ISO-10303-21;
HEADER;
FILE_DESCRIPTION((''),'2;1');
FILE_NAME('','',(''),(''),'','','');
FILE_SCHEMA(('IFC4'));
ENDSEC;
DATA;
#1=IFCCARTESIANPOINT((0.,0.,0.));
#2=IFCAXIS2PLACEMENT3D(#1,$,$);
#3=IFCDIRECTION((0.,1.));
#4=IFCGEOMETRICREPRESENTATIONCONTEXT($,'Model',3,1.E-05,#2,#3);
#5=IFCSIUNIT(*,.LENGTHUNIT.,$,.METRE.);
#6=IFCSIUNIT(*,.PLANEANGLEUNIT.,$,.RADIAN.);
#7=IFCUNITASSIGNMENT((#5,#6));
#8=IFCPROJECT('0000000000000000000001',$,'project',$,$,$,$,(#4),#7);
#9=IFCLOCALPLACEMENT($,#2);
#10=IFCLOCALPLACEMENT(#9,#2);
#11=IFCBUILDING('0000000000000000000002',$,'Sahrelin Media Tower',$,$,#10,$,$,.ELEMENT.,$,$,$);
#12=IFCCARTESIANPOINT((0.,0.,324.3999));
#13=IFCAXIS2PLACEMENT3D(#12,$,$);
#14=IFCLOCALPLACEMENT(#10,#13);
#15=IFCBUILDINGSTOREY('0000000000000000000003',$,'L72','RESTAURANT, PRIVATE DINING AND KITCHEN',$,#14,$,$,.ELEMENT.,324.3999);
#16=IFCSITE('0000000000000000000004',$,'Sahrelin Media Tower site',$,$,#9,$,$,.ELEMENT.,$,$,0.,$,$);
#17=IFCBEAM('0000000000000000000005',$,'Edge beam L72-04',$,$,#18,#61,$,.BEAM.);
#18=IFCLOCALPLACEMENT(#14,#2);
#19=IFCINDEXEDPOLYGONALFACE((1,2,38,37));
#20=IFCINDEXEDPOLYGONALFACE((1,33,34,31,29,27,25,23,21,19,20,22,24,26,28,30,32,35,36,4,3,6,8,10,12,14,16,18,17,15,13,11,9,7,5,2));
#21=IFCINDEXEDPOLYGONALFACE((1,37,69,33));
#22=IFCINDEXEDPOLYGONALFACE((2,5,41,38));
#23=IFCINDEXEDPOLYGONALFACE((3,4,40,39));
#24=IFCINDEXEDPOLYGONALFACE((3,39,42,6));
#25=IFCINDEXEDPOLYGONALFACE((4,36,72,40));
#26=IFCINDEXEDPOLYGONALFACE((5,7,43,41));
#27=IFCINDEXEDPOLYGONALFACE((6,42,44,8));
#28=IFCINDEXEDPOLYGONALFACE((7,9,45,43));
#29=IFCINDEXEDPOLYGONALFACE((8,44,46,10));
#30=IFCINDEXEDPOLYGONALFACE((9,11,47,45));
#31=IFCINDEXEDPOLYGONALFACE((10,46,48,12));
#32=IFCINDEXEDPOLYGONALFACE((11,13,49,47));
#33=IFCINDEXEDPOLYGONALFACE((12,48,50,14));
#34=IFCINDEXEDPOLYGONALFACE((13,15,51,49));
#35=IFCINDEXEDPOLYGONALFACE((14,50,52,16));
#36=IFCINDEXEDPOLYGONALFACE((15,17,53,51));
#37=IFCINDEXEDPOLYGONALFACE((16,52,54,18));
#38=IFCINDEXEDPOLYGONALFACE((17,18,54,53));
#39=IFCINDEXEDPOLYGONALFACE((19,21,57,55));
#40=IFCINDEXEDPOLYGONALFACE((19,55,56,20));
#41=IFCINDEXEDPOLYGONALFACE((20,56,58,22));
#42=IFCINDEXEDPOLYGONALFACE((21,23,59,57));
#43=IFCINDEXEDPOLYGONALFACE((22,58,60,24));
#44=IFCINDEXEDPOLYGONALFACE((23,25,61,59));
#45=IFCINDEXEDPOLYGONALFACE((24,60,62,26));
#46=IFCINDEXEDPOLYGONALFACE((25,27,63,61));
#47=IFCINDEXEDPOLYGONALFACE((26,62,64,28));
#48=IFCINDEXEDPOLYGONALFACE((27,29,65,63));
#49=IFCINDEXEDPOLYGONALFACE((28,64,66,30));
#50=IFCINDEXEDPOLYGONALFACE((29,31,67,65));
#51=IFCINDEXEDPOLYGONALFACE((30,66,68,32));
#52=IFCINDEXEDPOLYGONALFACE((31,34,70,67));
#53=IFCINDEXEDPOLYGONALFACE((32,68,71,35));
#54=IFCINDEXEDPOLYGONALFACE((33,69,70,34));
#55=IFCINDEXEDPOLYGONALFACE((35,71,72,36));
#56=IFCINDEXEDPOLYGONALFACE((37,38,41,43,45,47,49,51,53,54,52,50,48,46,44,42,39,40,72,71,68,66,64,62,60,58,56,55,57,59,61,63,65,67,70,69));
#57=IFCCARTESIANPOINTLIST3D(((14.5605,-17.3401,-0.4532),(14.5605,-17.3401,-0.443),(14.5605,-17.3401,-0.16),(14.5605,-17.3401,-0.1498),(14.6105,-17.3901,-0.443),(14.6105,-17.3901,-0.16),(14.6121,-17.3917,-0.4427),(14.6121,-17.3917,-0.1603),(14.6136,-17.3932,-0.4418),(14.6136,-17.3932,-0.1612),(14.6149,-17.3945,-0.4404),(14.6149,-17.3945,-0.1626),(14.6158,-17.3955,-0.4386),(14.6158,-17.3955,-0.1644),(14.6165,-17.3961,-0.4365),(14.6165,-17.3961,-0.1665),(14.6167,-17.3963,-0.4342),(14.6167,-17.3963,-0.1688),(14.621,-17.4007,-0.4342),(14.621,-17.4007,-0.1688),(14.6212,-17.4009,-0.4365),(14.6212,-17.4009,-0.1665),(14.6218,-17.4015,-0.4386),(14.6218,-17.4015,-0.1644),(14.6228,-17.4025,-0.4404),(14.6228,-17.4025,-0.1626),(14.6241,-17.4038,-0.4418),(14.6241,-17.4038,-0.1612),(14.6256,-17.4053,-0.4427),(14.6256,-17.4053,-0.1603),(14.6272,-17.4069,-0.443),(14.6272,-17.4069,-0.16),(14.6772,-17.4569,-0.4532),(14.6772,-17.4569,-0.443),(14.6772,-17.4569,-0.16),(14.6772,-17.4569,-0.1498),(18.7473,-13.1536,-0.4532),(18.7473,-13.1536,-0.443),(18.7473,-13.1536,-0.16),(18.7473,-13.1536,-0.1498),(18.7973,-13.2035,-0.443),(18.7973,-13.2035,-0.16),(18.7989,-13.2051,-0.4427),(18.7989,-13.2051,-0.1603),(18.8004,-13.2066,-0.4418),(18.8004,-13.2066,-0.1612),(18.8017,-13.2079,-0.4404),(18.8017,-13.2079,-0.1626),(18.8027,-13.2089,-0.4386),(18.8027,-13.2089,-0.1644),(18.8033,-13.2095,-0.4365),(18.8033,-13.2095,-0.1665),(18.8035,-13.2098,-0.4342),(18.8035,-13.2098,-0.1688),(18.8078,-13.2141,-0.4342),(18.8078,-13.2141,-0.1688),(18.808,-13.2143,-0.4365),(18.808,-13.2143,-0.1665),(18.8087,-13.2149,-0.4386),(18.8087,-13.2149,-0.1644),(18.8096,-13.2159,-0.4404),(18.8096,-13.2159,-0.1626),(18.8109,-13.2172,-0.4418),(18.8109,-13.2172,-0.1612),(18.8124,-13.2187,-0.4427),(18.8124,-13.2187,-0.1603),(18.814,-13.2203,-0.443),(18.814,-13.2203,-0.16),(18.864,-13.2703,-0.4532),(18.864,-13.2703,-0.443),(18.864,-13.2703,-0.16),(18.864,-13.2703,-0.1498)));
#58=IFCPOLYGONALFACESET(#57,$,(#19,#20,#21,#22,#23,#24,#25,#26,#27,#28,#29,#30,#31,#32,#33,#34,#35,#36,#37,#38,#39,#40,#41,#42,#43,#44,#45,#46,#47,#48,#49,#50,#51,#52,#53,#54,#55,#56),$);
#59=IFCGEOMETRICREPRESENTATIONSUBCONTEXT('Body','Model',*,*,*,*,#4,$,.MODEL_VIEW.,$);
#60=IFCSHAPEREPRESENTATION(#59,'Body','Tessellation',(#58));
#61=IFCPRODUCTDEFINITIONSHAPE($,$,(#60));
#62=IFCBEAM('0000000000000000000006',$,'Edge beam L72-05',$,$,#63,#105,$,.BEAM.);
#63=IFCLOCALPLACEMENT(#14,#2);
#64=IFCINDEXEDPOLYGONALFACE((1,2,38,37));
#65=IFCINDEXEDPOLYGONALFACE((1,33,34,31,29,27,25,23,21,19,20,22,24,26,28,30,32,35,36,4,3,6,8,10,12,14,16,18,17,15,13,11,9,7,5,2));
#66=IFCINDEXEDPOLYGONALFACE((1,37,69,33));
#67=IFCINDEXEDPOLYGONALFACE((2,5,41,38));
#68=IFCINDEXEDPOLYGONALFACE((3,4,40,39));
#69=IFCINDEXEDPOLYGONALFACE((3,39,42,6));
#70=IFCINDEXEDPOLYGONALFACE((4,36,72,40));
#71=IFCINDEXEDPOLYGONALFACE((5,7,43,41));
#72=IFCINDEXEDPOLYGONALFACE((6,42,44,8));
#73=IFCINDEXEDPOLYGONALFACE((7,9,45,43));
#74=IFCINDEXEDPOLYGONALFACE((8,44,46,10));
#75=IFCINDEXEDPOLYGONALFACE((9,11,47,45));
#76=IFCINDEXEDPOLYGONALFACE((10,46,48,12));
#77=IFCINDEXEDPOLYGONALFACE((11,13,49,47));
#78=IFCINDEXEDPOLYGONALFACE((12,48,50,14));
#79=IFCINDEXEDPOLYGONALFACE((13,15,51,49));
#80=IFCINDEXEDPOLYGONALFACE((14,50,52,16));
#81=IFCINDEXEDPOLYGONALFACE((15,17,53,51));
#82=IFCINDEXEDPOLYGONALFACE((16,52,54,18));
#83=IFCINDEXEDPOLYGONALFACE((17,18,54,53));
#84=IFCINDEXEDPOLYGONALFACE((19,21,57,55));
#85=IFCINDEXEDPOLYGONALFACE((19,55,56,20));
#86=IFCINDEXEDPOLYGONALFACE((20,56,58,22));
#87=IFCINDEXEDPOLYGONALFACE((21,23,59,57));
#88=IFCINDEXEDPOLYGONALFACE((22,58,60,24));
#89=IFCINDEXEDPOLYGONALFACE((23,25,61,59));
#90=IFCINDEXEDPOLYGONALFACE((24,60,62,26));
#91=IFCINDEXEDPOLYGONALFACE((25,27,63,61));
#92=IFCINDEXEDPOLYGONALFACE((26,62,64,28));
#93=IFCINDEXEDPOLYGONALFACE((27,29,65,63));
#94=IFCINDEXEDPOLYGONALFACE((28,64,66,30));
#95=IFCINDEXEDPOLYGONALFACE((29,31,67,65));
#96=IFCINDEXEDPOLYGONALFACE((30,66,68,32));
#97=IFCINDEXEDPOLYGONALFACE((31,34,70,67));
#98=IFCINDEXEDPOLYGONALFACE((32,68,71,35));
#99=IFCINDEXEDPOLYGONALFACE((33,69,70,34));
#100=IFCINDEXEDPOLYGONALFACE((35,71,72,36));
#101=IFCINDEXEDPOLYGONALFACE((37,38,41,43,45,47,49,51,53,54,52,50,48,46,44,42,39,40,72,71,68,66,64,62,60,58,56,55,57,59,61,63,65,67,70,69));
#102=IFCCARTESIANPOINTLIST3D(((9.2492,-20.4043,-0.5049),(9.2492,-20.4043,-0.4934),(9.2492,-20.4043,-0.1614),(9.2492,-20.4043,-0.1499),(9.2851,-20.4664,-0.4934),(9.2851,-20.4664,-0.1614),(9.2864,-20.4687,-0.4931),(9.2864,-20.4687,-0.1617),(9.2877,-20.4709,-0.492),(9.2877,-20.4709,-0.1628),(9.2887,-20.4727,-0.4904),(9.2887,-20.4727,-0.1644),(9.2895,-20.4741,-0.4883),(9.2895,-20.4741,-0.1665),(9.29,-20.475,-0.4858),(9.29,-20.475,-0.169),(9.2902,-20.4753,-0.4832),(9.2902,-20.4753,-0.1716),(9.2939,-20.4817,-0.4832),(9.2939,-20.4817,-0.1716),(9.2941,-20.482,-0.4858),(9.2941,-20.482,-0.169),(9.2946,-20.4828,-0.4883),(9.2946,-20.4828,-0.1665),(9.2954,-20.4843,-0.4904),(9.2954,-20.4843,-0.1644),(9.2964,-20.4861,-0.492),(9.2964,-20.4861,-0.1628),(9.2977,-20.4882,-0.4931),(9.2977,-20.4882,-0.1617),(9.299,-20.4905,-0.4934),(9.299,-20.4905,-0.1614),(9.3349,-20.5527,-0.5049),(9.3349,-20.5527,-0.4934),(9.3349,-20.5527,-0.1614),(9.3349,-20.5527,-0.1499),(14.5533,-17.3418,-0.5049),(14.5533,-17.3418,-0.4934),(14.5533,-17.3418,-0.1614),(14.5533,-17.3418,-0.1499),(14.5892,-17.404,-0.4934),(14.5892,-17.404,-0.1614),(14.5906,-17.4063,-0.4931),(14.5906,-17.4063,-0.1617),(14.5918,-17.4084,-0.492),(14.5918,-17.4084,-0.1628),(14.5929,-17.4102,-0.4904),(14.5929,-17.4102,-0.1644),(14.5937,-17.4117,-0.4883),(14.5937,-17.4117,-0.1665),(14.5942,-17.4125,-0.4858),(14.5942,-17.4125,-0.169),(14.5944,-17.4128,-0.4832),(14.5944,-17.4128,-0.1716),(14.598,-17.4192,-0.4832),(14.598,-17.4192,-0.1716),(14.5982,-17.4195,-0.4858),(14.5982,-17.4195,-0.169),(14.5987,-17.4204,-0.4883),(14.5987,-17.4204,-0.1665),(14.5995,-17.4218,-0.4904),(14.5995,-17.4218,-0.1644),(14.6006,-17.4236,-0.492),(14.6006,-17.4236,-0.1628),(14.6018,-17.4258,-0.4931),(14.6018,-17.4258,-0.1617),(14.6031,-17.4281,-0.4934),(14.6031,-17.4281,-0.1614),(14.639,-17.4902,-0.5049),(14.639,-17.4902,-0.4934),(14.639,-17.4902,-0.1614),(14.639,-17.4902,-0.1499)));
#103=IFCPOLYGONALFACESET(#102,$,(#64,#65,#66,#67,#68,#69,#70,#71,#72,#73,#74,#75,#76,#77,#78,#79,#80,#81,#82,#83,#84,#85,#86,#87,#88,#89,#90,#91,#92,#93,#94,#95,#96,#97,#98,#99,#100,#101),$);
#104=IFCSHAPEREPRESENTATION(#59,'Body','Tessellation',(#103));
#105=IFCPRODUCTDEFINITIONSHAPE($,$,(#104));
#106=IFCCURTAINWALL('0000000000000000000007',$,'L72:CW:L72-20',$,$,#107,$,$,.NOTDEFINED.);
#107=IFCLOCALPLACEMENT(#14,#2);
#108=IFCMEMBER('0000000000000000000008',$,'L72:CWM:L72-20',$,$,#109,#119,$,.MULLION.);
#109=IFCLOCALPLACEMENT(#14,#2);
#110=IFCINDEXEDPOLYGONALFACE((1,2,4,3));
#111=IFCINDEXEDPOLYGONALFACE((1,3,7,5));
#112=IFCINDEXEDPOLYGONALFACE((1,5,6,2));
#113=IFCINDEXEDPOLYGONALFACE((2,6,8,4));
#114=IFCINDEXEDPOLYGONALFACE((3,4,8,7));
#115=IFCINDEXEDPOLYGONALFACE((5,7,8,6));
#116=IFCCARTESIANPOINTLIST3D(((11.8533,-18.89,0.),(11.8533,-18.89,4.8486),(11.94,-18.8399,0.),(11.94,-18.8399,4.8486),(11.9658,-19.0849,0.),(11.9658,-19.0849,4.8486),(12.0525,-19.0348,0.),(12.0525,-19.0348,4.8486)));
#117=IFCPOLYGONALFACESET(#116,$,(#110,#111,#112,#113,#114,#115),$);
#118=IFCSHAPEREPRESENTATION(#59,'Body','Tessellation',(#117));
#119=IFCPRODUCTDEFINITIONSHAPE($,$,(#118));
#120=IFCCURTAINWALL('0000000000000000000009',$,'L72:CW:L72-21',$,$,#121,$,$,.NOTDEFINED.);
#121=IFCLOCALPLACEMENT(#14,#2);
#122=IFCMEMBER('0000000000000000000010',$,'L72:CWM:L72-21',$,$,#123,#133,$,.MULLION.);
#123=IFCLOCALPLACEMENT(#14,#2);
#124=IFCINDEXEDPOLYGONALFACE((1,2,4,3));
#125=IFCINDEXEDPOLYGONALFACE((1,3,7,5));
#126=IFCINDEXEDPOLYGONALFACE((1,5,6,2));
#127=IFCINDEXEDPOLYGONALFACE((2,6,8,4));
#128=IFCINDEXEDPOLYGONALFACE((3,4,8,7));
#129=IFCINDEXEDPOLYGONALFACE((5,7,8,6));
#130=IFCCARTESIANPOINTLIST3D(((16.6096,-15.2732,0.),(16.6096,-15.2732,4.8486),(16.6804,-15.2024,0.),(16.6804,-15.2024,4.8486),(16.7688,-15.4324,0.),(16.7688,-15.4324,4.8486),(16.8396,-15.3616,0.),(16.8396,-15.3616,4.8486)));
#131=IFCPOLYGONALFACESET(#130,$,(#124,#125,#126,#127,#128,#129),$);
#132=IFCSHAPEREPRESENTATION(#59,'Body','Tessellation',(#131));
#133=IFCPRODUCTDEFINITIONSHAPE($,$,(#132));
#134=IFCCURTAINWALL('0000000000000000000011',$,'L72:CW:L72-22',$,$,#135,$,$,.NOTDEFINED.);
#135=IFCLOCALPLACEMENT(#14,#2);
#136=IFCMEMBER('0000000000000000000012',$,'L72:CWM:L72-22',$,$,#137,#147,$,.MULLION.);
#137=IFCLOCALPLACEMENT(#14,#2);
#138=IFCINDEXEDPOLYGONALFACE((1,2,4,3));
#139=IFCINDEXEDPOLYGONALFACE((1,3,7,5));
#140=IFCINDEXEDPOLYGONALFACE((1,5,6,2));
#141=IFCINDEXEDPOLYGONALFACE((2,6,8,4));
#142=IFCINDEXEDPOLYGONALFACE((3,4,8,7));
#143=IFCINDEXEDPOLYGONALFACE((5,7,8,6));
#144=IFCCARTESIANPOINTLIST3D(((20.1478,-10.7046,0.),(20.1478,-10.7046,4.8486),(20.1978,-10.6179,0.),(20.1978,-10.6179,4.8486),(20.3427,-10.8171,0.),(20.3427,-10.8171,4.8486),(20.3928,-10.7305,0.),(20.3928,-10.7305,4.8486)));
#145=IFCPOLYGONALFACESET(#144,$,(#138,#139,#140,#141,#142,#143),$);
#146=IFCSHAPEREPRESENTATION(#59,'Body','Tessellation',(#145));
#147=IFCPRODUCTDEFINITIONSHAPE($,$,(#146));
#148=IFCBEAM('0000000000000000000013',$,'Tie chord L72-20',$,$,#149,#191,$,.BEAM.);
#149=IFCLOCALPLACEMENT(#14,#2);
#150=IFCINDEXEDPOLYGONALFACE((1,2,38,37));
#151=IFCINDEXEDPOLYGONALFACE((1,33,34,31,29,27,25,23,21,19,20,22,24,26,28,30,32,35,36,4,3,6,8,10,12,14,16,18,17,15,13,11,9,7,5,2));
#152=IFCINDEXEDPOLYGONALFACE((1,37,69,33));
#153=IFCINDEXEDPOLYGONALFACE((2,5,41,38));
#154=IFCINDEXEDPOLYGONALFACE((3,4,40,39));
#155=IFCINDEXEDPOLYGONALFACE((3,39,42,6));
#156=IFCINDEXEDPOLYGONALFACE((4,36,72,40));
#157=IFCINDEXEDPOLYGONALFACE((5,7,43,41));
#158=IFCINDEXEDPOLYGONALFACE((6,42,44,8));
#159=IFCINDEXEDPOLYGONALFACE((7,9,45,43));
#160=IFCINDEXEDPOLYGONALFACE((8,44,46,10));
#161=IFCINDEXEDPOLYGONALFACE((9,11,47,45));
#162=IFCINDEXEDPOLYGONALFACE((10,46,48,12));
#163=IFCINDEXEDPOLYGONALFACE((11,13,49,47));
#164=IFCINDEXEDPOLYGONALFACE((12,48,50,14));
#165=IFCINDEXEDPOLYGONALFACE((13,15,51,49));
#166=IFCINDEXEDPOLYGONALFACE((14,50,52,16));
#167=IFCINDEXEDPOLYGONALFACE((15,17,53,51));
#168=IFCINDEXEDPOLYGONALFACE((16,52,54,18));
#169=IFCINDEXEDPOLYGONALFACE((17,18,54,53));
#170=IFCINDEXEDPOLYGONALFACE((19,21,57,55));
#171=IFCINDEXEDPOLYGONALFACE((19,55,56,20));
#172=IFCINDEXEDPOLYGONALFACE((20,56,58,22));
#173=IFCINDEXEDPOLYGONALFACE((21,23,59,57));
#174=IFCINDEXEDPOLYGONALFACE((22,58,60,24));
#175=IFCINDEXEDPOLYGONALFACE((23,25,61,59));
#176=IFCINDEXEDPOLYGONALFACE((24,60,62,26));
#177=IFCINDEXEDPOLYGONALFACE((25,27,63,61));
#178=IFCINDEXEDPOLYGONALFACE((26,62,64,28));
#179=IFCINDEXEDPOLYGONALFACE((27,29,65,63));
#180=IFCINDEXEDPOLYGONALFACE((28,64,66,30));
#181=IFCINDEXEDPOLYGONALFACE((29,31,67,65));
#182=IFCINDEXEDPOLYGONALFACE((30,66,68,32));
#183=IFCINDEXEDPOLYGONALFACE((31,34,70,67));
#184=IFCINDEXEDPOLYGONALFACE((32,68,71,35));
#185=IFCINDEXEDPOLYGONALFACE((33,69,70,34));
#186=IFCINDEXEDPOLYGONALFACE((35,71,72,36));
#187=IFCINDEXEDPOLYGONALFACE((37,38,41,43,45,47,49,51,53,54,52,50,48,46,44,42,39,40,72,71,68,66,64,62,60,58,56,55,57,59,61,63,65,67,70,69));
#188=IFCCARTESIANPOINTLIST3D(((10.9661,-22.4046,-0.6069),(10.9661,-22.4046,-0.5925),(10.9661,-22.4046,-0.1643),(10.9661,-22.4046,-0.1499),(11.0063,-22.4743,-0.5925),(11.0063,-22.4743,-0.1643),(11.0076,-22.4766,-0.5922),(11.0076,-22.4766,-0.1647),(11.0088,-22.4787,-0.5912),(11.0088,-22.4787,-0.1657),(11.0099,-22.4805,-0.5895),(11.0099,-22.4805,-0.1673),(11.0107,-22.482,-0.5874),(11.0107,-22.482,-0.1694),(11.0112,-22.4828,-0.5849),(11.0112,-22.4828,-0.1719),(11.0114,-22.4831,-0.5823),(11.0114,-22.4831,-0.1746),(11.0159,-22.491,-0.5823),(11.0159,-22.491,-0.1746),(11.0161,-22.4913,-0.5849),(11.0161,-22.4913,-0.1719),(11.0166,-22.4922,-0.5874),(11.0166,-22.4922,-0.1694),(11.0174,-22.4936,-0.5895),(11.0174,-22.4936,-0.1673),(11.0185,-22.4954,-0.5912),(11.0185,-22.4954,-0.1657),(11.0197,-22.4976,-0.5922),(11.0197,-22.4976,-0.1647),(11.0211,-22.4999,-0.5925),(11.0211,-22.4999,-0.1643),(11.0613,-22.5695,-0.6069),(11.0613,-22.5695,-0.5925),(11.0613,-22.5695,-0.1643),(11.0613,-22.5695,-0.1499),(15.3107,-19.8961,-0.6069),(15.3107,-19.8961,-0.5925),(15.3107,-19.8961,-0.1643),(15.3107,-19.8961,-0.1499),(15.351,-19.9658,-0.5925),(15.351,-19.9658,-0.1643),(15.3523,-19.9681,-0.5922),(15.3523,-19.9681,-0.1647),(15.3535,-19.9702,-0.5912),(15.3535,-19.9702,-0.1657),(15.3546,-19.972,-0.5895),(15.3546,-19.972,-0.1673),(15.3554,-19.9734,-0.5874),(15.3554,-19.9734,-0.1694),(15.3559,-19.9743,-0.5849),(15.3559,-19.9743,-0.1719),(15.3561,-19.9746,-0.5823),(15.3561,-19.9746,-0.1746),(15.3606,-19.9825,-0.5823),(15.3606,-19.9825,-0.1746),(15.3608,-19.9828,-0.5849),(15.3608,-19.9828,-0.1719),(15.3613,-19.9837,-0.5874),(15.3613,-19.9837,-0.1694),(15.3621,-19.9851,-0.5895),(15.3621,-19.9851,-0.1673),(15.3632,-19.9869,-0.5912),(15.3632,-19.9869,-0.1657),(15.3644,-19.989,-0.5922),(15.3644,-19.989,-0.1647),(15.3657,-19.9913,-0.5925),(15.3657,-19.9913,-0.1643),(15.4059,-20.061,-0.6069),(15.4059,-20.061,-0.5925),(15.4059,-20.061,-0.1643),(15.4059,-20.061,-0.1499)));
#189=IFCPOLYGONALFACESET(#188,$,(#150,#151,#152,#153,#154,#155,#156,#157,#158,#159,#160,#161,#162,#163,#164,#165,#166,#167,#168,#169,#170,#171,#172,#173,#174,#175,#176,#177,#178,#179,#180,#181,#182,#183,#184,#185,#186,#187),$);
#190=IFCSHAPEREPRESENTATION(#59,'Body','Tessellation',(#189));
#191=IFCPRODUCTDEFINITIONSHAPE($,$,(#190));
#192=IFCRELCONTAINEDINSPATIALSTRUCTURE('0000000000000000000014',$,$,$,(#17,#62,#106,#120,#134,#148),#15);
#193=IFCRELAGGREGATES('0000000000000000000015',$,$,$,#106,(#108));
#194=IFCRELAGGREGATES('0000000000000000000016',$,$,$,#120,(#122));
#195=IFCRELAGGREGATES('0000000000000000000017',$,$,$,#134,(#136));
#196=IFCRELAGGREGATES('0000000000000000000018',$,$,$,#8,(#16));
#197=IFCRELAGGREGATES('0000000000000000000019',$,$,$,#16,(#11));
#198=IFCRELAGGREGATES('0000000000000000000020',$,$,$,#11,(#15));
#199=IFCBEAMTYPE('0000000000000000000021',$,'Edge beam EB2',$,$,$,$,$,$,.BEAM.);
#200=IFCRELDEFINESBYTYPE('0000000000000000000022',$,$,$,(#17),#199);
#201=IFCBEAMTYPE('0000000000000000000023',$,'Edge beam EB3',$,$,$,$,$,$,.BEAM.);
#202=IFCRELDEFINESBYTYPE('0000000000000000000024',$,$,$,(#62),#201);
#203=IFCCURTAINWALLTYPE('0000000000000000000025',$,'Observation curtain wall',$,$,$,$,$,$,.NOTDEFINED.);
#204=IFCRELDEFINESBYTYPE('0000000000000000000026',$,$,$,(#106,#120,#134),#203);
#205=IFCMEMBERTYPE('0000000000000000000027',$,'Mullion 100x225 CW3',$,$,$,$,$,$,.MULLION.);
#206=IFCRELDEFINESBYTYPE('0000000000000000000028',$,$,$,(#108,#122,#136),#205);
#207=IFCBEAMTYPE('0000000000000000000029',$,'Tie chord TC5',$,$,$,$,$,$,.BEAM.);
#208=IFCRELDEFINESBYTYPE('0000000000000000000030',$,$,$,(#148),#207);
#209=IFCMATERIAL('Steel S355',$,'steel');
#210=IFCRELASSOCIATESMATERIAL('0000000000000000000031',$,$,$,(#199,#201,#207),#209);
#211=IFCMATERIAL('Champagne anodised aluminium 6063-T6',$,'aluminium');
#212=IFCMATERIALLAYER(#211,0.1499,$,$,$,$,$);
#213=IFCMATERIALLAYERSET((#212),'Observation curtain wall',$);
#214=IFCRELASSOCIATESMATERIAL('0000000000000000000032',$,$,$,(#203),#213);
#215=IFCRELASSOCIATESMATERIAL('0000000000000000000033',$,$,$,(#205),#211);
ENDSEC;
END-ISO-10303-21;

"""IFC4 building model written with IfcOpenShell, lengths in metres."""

from ifc_helpers import new_model, si_unit, direction, frame, origin, origin_2d, place, context, subcontext, project, spatial, rectangle, i_section, extrude, material, layer, layer_set, material_profile, profile_set, type_object, element, aggregate, save


model = new_model("IFC4")

# Units and contexts
model_context = context("Model", 3, precision=1e-05, world=origin(), true_north=direction((0.0, 1.0)))
body_context = subcontext(model_context, "Body", "Model", "MODEL_VIEW")
ifc_project = project(units=[si_unit("LENGTHUNIT", "METRE"), si_unit("PLANEANGLEUNIT", "RADIAN")], contexts=[model_context])

# Site, building, storey
site_placement = place(None, origin())
site = spatial("IfcSite", under=ifc_project, at=site_placement, Name="Sahrelin Media Tower site", CompositionType="ELEMENT", RefElevation=0.0)
building_placement = place(site_placement, origin())
building = spatial("IfcBuilding", under=site, at=building_placement, Name="Sahrelin Media Tower", CompositionType="ELEMENT")
storey_placement = place(building_placement, frame((0.0, 0.0, 324.3999)))
storey = spatial("IfcBuildingStorey", under=building, at=storey_placement, Name="L72", Description="RESTAURANT, PRIVATE DINING AND KITCHEN", CompositionType="ELEMENT", Elevation=324.3999)

# Beams
ifc_material_1 = material(Name="Steel S355", Category="steel")
ifc_material_profile_1 = material_profile(ifc_material_1, i_section(OverallWidth=0.165, OverallDepth=0.3035, WebThickness=0.0061, FlangeThickness=0.0103, FilletRadius=0.0088, at=origin_2d()), Name="UB 305x165x40")
ifc_profile_set_1 = profile_set([ifc_material_profile_1], Name="Steel S355")
beam_type_1 = type_object("IfcBeamType", Name="Edge beam EB2", PredefinedType="BEAM", material=ifc_profile_set_1)
beam_1_placement = place(storey_placement, frame((18.8057, -13.2119, -0.3015), z_axis=(-0.707127, -0.707086, 0.0), x_axis=(0.707086, -0.707127, 0.0)))
element("IfcBeam", 1, at=beam_1_placement, inside=storey, type_object=beam_type_1, Name="Edge beam L72-04", PredefinedType="BEAM", context=body_context, shape_type="SweptSolid", body=[
    extrude(i_section(OverallWidth=0.165, OverallDepth=0.3035, WebThickness=0.0061, FlangeThickness=0.0103, FilletRadius=0.0088, at=origin_2d()), origin(), (0.0, 0.0, 1.0), 5.9209),
])
ifc_material_profile_2 = material_profile(ifc_material_1, i_section(OverallWidth=0.1714, OverallDepth=0.355, WebThickness=0.0073, FlangeThickness=0.0115, FilletRadius=0.0103, at=origin_2d()), Name="UB 356x171x51")
ifc_profile_set_2 = profile_set([ifc_material_profile_2], Name="Steel S355")
beam_type_2 = type_object("IfcBeamType", Name="Edge beam EB3", PredefinedType="BEAM", material=ifc_profile_set_2)
beam_2_placement = place(storey_placement, frame((14.5962, -17.416, -0.3274), z_axis=(-0.866017, -0.500015, 0.0), x_axis=(0.500015, -0.866017, 0.0)))
element("IfcBeam", 2, at=beam_2_placement, inside=storey, type_object=beam_type_2, Name="Edge beam L72-05", PredefinedType="BEAM", context=body_context, shape_type="SweptSolid", body=[
    extrude(i_section(OverallWidth=0.1714, OverallDepth=0.355, WebThickness=0.0073, FlangeThickness=0.0115, FilletRadius=0.0103, at=origin_2d()), origin(), (0.0, 0.0, 1.0), 6.1248),
])

# Curtain walls, members
ifc_material_2 = material(Name="Champagne anodised aluminium 6063-T6", Category="aluminium")
ifc_layer_1 = layer(ifc_material_2, 0.1499)
ifc_layer_set_1 = layer_set([ifc_layer_1], Name="Observation curtain wall")
curtain_wall_type = type_object("IfcCurtainWallType", Name="Observation curtain wall", PredefinedType="NOTDEFINED", material=ifc_layer_set_1)
curtain_wall_1_placement = place(storey_placement, frame((12.019, -19.0771, 0.0), z_axis=(0.0, 0.0, 1.0), x_axis=(1.0, 0.0, 0.0)))
curtain_wall_1 = element("IfcCurtainWall", 3, at=curtain_wall_1_placement, inside=storey, type_object=curtain_wall_type, Name="L72:CW:L72-20", PredefinedType="NOTDEFINED")
ifc_material_profile_3 = material_profile(ifc_material_2, rectangle(XDim=0.1001, YDim=0.2251, at=origin_2d()), Name="Mullion 100x225")
ifc_profile_set_3 = profile_set([ifc_material_profile_3], Name="Champagne anodised aluminium 6063-T6")
member_type_1 = type_object("IfcMemberType", Name="Mullion 100x225 CW3", PredefinedType="MULLION", material=ifc_profile_set_3)
member_1_placement = place(storey_placement, frame((11.9529, -18.9624, 0.0), z_axis=(0.0, 0.0, 1.0), x_axis=(0.866026, 0.499998, 0.0)))
member_1 = element("IfcMember", 4, at=member_1_placement, type_object=member_type_1, Name="L72:CWM:L72-20", PredefinedType="MULLION", context=body_context, shape_type="SweptSolid", body=[
    extrude(rectangle(XDim=0.1001, YDim=0.2251, at=origin_2d()), origin(), (0.0, 0.0, 1.0), 4.8486),
])
aggregate(curtain_wall_1, [member_1])
curtain_wall_2_placement = place(storey_placement, frame((16.8184, -15.4111, 0.0), z_axis=(0.0, 0.0, 1.0), x_axis=(1.0, 0.0, 0.0)))
curtain_wall_2 = element("IfcCurtainWall", 5, at=curtain_wall_2_placement, inside=storey, type_object=curtain_wall_type, Name="L72:CW:L72-21", PredefinedType="NOTDEFINED")
member_2_placement = place(storey_placement, frame((16.7246, -15.3174, 0.0), z_axis=(0.0, 0.0, 1.0), x_axis=(0.707098, 0.707115, 0.0)))
member_2 = element("IfcMember", 6, at=member_2_placement, type_object=member_type_1, Name="L72:CWM:L72-21", PredefinedType="MULLION", context=body_context, shape_type="SweptSolid", body=[
    extrude(rectangle(XDim=0.1001, YDim=0.2251, at=origin_2d()), origin(), (0.0, 0.0, 1.0), 4.8486),
])
curtain_wall_3_placement = place(storey_placement, frame((20.385, -10.7837, 0.0), z_axis=(0.0, 0.0, 1.0), x_axis=(1.0, 0.0, 0.0)))
curtain_wall_3 = element("IfcCurtainWall", 7, at=curtain_wall_3_placement, inside=storey, type_object=curtain_wall_type, Name="L72:CW:L72-22", PredefinedType="NOTDEFINED")
member_3_placement = place(storey_placement, frame((20.2703, -10.7175, 0.0), z_axis=(0.0, 0.0, 1.0), x_axis=(0.500012, 0.866018, 0.0)))
member_3 = element("IfcMember", 8, at=member_3_placement, type_object=member_type_1, Name="L72:CWM:L72-22", PredefinedType="MULLION", context=body_context, shape_type="SweptSolid", body=[
    extrude(rectangle(XDim=0.1001, YDim=0.2251, at=origin_2d()), origin(), (0.0, 0.0, 1.0), 4.8486),
])

# Beam
ifc_material_profile_4 = material_profile(ifc_material_1, i_section(OverallWidth=0.1904, OverallDepth=0.457, WebThickness=0.009, FlangeThickness=0.0144, FilletRadius=0.0103, at=origin_2d()), Name="UB 457x191x74")
ifc_profile_set_4 = profile_set([ifc_material_profile_4], Name="Steel S355")
beam_type_3 = type_object("IfcBeamType", Name="Tie chord TC5", PredefinedType="BEAM", material=ifc_profile_set_4)
beam_3_placement = place(storey_placement, frame((11.0137, -22.4871, -0.3784), z_axis=(0.866015, 0.500017, 0.0), x_axis=(-0.500017, 0.866015, 0.0)))
element("IfcBeam", 9, at=beam_3_placement, inside=storey, type_object=beam_type_3, Name="Tie chord L72-20", PredefinedType="BEAM", context=body_context, shape_type="SweptSolid", body=[
    extrude(i_section(OverallWidth=0.1904, OverallDepth=0.457, WebThickness=0.009, FlangeThickness=0.0144, FilletRadius=0.0103, at=origin_2d()), origin(), (0.0, 0.0, 1.0), 5.0168),
])

aggregate(curtain_wall_2, [member_2])
aggregate(curtain_wall_3, [member_3])

save(model, "model.ifc")
